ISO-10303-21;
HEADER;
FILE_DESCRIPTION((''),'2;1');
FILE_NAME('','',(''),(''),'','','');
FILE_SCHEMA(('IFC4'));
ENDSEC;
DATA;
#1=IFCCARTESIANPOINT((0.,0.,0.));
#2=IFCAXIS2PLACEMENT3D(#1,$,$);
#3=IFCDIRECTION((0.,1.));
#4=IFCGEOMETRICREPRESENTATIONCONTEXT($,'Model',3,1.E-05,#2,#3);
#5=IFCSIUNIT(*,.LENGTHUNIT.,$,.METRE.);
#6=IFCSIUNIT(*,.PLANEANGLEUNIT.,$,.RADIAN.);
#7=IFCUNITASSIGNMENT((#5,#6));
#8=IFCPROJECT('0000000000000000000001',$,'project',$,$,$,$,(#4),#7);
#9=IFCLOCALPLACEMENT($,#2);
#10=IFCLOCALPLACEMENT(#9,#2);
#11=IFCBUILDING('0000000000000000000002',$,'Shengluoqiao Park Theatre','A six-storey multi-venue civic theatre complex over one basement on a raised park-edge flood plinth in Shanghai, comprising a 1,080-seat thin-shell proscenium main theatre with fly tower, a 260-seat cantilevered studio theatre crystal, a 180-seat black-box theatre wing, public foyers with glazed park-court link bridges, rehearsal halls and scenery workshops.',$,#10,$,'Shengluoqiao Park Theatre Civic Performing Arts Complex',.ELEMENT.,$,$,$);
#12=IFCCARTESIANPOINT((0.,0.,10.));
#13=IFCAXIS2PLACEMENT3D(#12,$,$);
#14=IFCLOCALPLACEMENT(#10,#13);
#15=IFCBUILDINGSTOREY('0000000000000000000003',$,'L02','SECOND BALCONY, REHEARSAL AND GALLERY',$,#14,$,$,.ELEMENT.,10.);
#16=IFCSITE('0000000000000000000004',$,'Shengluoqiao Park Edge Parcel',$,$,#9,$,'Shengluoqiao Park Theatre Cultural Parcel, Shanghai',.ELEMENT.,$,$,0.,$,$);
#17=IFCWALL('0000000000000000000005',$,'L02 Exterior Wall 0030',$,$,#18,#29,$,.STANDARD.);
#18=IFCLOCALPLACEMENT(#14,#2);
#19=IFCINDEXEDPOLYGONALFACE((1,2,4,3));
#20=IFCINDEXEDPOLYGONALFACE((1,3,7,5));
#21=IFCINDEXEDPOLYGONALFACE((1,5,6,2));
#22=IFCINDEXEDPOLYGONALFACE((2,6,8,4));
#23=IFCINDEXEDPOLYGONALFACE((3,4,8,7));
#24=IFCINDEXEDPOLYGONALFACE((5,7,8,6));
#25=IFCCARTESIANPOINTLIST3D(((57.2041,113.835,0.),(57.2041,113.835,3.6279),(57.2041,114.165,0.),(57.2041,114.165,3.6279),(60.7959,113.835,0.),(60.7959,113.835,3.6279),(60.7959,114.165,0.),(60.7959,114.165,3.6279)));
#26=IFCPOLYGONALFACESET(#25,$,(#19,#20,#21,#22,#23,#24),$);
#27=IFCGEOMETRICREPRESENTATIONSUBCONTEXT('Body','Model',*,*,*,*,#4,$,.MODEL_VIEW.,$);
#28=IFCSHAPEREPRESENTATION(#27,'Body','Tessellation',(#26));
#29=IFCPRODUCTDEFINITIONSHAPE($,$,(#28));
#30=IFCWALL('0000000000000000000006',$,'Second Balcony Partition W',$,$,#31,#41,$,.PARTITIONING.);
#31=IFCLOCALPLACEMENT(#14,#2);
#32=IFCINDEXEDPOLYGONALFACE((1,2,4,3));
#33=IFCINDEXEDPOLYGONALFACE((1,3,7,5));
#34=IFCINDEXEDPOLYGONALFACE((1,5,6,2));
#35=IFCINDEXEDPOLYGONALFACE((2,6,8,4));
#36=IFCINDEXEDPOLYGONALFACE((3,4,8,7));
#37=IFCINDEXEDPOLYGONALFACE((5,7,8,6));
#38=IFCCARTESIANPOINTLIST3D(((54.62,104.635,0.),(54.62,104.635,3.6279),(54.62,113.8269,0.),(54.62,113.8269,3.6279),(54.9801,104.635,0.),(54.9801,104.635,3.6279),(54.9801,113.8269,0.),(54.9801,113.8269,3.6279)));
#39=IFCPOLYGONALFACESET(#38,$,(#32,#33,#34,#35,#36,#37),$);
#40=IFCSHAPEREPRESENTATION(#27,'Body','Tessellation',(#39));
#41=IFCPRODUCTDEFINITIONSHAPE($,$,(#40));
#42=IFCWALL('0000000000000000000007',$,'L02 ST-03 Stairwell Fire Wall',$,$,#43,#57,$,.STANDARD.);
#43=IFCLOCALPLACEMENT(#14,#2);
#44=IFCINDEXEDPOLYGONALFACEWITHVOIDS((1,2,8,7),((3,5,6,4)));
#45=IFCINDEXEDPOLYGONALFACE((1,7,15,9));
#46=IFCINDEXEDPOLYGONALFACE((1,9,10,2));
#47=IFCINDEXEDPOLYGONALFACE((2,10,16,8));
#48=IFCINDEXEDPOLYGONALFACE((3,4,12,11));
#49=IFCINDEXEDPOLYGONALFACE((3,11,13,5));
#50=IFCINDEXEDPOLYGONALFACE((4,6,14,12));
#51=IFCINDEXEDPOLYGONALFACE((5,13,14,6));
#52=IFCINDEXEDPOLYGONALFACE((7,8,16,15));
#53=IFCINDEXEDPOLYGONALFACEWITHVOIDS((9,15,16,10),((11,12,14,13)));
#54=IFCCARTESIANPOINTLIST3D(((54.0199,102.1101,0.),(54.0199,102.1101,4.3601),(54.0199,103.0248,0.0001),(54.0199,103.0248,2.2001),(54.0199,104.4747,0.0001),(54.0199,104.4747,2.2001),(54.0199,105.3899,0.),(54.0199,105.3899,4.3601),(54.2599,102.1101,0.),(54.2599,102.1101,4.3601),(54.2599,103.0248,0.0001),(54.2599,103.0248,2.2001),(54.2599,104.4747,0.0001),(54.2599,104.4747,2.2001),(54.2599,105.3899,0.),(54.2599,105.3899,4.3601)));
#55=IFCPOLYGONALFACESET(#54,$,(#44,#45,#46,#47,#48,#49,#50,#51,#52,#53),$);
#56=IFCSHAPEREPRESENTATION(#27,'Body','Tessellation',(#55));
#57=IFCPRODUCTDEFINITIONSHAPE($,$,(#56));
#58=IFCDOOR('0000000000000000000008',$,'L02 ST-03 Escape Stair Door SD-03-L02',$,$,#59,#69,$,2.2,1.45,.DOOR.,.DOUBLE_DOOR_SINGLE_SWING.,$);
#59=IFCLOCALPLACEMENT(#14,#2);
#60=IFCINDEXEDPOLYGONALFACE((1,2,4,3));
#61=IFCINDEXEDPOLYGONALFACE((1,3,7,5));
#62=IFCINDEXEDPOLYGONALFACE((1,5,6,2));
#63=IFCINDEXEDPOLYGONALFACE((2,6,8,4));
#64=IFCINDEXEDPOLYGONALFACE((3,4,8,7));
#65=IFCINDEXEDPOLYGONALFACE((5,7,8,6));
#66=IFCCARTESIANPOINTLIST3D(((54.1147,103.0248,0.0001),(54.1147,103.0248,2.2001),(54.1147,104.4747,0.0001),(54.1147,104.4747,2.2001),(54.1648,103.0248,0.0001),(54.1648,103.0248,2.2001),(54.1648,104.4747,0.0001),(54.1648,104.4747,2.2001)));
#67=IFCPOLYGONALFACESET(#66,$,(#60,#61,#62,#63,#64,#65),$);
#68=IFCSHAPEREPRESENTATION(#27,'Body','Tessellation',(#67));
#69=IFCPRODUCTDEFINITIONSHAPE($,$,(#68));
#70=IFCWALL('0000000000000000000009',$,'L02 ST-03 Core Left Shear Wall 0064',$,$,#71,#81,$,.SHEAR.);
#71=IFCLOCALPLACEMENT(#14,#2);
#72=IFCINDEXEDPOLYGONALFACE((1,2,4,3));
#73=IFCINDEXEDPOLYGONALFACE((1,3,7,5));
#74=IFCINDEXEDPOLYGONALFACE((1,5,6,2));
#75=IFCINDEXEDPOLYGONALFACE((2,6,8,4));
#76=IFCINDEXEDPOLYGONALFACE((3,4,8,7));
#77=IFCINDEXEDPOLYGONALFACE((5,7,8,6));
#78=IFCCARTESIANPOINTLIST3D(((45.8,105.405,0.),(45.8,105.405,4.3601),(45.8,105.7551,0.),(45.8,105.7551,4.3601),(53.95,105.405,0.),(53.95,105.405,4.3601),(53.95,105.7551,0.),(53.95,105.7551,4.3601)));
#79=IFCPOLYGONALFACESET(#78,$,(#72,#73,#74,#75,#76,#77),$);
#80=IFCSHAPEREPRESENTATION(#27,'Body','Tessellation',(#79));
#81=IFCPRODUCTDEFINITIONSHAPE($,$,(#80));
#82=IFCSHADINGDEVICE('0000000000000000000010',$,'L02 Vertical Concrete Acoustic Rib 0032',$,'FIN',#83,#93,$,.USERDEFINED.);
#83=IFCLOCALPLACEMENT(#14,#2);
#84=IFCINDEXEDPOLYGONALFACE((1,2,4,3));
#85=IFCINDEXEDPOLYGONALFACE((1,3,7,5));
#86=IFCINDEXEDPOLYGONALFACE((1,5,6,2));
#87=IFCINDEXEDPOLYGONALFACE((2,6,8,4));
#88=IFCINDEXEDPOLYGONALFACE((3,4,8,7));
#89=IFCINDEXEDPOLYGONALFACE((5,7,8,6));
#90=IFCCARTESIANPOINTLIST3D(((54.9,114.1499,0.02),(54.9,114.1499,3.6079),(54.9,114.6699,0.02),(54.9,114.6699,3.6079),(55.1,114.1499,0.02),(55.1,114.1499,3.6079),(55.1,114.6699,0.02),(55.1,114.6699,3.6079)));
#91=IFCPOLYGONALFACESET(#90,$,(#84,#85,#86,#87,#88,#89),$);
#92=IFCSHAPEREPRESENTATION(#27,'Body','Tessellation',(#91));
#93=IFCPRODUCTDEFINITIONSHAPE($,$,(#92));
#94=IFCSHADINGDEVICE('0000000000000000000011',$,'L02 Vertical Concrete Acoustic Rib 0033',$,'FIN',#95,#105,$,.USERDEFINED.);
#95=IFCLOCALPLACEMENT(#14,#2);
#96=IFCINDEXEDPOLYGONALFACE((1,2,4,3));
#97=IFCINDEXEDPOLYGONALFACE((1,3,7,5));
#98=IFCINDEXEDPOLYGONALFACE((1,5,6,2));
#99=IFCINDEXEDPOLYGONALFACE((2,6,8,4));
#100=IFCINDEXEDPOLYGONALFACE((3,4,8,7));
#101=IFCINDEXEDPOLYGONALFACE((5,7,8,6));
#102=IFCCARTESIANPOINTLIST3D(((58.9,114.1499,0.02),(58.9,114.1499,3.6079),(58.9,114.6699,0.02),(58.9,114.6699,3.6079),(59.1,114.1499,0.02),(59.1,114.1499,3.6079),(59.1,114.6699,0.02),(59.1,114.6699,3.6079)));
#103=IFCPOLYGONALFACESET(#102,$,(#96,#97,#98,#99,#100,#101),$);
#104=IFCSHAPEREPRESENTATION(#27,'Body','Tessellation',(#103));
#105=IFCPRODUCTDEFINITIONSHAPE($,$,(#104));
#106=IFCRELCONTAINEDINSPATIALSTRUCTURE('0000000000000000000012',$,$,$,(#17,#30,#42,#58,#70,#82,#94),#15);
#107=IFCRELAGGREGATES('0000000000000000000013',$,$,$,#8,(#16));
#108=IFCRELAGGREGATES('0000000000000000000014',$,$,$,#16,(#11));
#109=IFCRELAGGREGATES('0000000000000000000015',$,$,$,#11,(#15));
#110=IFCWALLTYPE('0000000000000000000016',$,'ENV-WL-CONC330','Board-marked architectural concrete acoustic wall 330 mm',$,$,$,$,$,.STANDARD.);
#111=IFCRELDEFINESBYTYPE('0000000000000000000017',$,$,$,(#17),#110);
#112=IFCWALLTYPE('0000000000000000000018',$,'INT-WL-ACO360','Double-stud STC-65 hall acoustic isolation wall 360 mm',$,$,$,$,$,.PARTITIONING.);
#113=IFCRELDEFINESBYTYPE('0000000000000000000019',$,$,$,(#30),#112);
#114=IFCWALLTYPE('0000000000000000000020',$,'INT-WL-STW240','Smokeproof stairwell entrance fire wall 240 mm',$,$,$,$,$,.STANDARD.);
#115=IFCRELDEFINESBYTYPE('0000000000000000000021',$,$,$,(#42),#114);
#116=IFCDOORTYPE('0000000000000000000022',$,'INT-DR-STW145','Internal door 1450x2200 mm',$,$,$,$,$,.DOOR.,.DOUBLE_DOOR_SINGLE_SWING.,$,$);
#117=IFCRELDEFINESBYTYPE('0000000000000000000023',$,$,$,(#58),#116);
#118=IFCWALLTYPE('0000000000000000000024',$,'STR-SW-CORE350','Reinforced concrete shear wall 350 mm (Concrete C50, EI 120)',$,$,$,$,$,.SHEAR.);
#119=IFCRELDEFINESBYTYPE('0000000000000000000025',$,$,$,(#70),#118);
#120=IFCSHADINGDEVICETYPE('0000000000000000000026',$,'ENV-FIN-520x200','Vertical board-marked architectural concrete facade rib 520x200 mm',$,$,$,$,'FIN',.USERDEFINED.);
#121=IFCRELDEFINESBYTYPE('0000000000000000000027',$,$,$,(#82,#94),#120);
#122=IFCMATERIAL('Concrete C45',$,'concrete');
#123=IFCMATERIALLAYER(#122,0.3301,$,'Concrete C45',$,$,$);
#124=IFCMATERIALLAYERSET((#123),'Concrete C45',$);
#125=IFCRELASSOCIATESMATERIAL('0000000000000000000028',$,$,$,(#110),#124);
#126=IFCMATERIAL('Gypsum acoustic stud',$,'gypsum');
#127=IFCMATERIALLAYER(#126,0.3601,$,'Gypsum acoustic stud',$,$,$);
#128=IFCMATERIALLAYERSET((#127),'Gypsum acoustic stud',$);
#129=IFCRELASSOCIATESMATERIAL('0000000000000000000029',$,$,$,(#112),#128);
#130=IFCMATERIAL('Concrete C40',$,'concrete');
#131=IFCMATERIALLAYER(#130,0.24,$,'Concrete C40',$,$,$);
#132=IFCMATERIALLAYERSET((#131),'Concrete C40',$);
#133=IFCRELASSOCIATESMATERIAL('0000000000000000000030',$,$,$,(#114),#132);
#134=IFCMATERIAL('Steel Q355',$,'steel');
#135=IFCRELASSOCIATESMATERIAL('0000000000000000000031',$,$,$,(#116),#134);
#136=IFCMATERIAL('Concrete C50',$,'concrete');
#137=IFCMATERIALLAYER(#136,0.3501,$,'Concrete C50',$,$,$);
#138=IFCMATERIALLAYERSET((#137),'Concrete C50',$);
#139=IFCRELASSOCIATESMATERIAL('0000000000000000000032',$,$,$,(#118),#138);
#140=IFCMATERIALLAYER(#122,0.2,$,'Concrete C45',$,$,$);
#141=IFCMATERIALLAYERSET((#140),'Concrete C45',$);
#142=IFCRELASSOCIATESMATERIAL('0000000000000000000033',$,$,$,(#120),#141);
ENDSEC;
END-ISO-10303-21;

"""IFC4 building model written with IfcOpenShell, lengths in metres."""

from ifc_helpers import new_model, si_unit, direction, frame, frame_2d, origin, origin_2d, place, context, subcontext, project, spatial, rectangle, extrude, material, layer, layer_set, type_object, element, fill, save


model = new_model("IFC4")

# Units and contexts
model_context = context("Model", 3, precision=1e-05, world=origin(), true_north=direction((0.0, 1.0)))
body_context = subcontext(model_context, "Body", "Model", "MODEL_VIEW")
ifc_project = project(units=[si_unit("LENGTHUNIT", "METRE"), si_unit("PLANEANGLEUNIT", "RADIAN")], contexts=[model_context])

# Site, building, storey
site_placement = place(None, origin())
site = spatial("IfcSite", under=ifc_project, at=site_placement, Name="Shengluoqiao Park Edge Parcel", LongName="Shengluoqiao Park Theatre Cultural Parcel, Shanghai", CompositionType="ELEMENT", RefElevation=0.0)
building_placement = place(site_placement, origin())
building = spatial("IfcBuilding", under=site, at=building_placement, Name="Shengluoqiao Park Theatre", Description="A six-storey multi-venue civic theatre complex over one basement on a raised park-edge flood plinth in Shanghai, comprising a 1,080-seat thin-shell proscenium main theatre with fly tower, a 260-seat cantilevered studio theatre crystal, a 180-seat black-box theatre wing, public foyers with glazed park-court link bridges, rehearsal halls and scenery workshops.", LongName="Shengluoqiao Park Theatre Civic Performing Arts Complex", CompositionType="ELEMENT")
storey_placement = place(building_placement, frame((0.0, 0.0, 10.0)))
storey = spatial("IfcBuildingStorey", under=building, at=storey_placement, Name="L02", Description="SECOND BALCONY, REHEARSAL AND GALLERY", CompositionType="ELEMENT", Elevation=10.0)

# Shared definitions
ifc_material_1 = material(Name="Concrete C50", Category="concrete")

# Shared definitions
ifc_material_2 = material(Name="Steel Q355", Category="steel")

# Walls
ifc_material_3 = material(Name="Concrete C45", Category="concrete")
ifc_layer_1 = layer(ifc_material_3, 0.3301, Name="Concrete C45")
ifc_layer_set_1 = layer_set([ifc_layer_1], Name="Concrete C45")
wall_type_1 = type_object("IfcWallType", Name="ENV-WL-CONC330", Description="Board-marked architectural concrete acoustic wall 330 mm", PredefinedType="STANDARD", material=ifc_layer_set_1)
for number, where, z_axis, x_axis, name in (
    (1, (57.2041, 114.0, 0.0), (0.0, 0.0, 1.0), (1.0, 0.0, 0.0), "L02 Exterior Wall 0030"),
):
    element("IfcWall", number, at=place(storey_placement, frame(where, z_axis=z_axis, x_axis=x_axis)), inside=storey, type_object=wall_type_1, Name=name, PredefinedType="STANDARD", context=body_context, shape_type="SweptSolid", body=[
        extrude(rectangle(XDim=3.5918, YDim=0.3301, at=frame_2d((1.7959, 0.0))), origin(), (0.0, 0.0, 1.0), 3.6279),
    ])
ifc_material_4 = material(Name="Gypsum acoustic stud", Category="gypsum")
ifc_layer_2 = layer(ifc_material_4, 0.3601, Name="Gypsum acoustic stud")
ifc_layer_set_2 = layer_set([ifc_layer_2], Name="Gypsum acoustic stud")
wall_type_2 = type_object("IfcWallType", Name="INT-WL-ACO360", Description="Double-stud STC-65 hall acoustic isolation wall 360 mm", PredefinedType="PARTITIONING", material=ifc_layer_set_2)
wall_1_placement = place(storey_placement, frame((54.8, 104.635, 0.0), z_axis=(0.0, 0.0, 1.0), x_axis=(0.0, 1.0, 0.0)))
element("IfcWall", 2, at=wall_1_placement, inside=storey, type_object=wall_type_2, Name="Second Balcony Partition W", PredefinedType="PARTITIONING", context=body_context, shape_type="SweptSolid", body=[
    extrude(rectangle(XDim=9.1919, YDim=0.3601, at=frame_2d((4.5959, 0.0))), origin(), (0.0, 0.0, 1.0), 3.6279),
])

# Wall, opening, door
ifc_material_5 = material(Name="Concrete C40", Category="concrete")
ifc_layer_3 = layer(ifc_material_5, 0.24, Name="Concrete C40")
ifc_layer_set_3 = layer_set([ifc_layer_3], Name="Concrete C40")
wall_type_3 = type_object("IfcWallType", Name="INT-WL-STW240", Description="Smokeproof stairwell entrance fire wall 240 mm", PredefinedType="STANDARD", material=ifc_layer_set_3)
wall_2_placement = place(storey_placement, frame((54.1399, 105.3899, 0.0), z_axis=(0.0, 0.0, 1.0), x_axis=(0.0, -1.0, 0.0)))
wall_2 = element("IfcWall", 3, at=wall_2_placement, inside=storey, type_object=wall_type_3, Name="L02 ST-03 Stairwell Fire Wall", PredefinedType="STANDARD", context=body_context, shape_type="SweptSolid", body=[
    extrude(rectangle(XDim=3.2798, YDim=0.24, at=frame_2d((1.6399, 0.0))), origin(), (0.0, 0.0, 1.0), 4.3601),
])
opening_1_placement = place(wall_2_placement, frame((0.915, 0.0, 0.0)))
opening_1 = element("IfcOpeningElement", 4, at=opening_1_placement, cuts=wall_2, PredefinedType="OPENING", context=body_context, shape_type="SweptSolid", body=[
    extrude(rectangle(XDim=1.45, YDim=2.2, at=frame_2d((0.7251, 1.1001))), frame((0.0, 0.1299, 0.0), z_axis=(0.0, -1.0, 0.0), x_axis=(1.0, 0.0, 0.0)), (0.0, 0.0, 1.0), 0.26),
])
door_type_1 = type_object("IfcDoorType", Name="INT-DR-STW145", Description="Internal door 1450x2200 mm", OperationType="DOUBLE_DOOR_SINGLE_SWING", PredefinedType="DOOR", material=ifc_material_2)
door_1_placement = place(opening_1_placement, origin())
door_1 = element("IfcDoor", 5, at=door_1_placement, inside=storey, type_object=door_type_1, Name="L02 ST-03 Escape Stair Door SD-03-L02", OperationType="DOUBLE_DOOR_SINGLE_SWING", OverallHeight=2.2, OverallWidth=1.45, PredefinedType="DOOR", context=body_context, shape_type="SweptSolid", body=[
    extrude(rectangle(XDim=1.45, YDim=2.2, at=frame_2d((0.7251, 1.1001))), frame((0.0, 0.0249, 0.0), z_axis=(0.0, -1.0, 0.0), x_axis=(1.0, 0.0, 0.0)), (0.0, 0.0, 1.0), 0.05),
])
fill(opening_1, door_1)

# Wall
ifc_layer_4 = layer(ifc_material_1, 0.3501, Name="Concrete C50")
ifc_layer_set_4 = layer_set([ifc_layer_4], Name="Concrete C50")
wall_type_4 = type_object("IfcWallType", Name="STR-SW-CORE350", Description="Reinforced concrete shear wall 350 mm (Concrete C50, EI 120)", PredefinedType="SHEAR", material=ifc_layer_set_4)
wall_3_placement = place(storey_placement, frame((53.95, 105.5801, 0.0), z_axis=(0.0, 0.0, 1.0), x_axis=(-1.0, 0.0, 0.0)))
element("IfcWall", 6, at=wall_3_placement, inside=storey, type_object=wall_type_4, Name="L02 ST-03 Core Left Shear Wall 0064", PredefinedType="SHEAR", context=body_context, shape_type="SweptSolid", body=[
    extrude(rectangle(XDim=8.1499, YDim=0.3501, at=frame_2d((4.075, 0.0))), origin(), (0.0, 0.0, 1.0), 4.3601),
])

# Shading devices
ifc_layer_5 = layer(ifc_material_3, 0.2, Name="Concrete C45")
ifc_layer_set_5 = layer_set([ifc_layer_5], Name="Concrete C45")
shading_device_type = type_object("IfcShadingDeviceType", Name="ENV-FIN-520x200", Description="Vertical board-marked architectural concrete facade rib 520x200 mm", ElementType="FIN", PredefinedType="USERDEFINED", material=ifc_layer_set_5)
for number, where, z_axis, x_axis, name in (
    (7, (55.0, 114.4099, 0.02), (0.0, 0.0, 1.0), (0.0, 1.0, 0.0), "L02 Vertical Concrete Acoustic Rib 0032"),
    (8, (59.0, 114.4099, 0.02), (0.0, 0.0, 1.0), (0.0, 1.0, 0.0), "L02 Vertical Concrete Acoustic Rib 0033"),
):
    element("IfcShadingDevice", number, at=place(storey_placement, frame(where, z_axis=z_axis, x_axis=x_axis)), inside=storey, type_object=shading_device_type, Name=name, ObjectType="FIN", PredefinedType="USERDEFINED", context=body_context, shape_type="SweptSolid", body=[
        extrude(rectangle(XDim=0.52, YDim=0.2, at=origin_2d()), origin(), (0.0, 0.0, 1.0), 3.5879),
    ])

save(model, "model.ifc")
